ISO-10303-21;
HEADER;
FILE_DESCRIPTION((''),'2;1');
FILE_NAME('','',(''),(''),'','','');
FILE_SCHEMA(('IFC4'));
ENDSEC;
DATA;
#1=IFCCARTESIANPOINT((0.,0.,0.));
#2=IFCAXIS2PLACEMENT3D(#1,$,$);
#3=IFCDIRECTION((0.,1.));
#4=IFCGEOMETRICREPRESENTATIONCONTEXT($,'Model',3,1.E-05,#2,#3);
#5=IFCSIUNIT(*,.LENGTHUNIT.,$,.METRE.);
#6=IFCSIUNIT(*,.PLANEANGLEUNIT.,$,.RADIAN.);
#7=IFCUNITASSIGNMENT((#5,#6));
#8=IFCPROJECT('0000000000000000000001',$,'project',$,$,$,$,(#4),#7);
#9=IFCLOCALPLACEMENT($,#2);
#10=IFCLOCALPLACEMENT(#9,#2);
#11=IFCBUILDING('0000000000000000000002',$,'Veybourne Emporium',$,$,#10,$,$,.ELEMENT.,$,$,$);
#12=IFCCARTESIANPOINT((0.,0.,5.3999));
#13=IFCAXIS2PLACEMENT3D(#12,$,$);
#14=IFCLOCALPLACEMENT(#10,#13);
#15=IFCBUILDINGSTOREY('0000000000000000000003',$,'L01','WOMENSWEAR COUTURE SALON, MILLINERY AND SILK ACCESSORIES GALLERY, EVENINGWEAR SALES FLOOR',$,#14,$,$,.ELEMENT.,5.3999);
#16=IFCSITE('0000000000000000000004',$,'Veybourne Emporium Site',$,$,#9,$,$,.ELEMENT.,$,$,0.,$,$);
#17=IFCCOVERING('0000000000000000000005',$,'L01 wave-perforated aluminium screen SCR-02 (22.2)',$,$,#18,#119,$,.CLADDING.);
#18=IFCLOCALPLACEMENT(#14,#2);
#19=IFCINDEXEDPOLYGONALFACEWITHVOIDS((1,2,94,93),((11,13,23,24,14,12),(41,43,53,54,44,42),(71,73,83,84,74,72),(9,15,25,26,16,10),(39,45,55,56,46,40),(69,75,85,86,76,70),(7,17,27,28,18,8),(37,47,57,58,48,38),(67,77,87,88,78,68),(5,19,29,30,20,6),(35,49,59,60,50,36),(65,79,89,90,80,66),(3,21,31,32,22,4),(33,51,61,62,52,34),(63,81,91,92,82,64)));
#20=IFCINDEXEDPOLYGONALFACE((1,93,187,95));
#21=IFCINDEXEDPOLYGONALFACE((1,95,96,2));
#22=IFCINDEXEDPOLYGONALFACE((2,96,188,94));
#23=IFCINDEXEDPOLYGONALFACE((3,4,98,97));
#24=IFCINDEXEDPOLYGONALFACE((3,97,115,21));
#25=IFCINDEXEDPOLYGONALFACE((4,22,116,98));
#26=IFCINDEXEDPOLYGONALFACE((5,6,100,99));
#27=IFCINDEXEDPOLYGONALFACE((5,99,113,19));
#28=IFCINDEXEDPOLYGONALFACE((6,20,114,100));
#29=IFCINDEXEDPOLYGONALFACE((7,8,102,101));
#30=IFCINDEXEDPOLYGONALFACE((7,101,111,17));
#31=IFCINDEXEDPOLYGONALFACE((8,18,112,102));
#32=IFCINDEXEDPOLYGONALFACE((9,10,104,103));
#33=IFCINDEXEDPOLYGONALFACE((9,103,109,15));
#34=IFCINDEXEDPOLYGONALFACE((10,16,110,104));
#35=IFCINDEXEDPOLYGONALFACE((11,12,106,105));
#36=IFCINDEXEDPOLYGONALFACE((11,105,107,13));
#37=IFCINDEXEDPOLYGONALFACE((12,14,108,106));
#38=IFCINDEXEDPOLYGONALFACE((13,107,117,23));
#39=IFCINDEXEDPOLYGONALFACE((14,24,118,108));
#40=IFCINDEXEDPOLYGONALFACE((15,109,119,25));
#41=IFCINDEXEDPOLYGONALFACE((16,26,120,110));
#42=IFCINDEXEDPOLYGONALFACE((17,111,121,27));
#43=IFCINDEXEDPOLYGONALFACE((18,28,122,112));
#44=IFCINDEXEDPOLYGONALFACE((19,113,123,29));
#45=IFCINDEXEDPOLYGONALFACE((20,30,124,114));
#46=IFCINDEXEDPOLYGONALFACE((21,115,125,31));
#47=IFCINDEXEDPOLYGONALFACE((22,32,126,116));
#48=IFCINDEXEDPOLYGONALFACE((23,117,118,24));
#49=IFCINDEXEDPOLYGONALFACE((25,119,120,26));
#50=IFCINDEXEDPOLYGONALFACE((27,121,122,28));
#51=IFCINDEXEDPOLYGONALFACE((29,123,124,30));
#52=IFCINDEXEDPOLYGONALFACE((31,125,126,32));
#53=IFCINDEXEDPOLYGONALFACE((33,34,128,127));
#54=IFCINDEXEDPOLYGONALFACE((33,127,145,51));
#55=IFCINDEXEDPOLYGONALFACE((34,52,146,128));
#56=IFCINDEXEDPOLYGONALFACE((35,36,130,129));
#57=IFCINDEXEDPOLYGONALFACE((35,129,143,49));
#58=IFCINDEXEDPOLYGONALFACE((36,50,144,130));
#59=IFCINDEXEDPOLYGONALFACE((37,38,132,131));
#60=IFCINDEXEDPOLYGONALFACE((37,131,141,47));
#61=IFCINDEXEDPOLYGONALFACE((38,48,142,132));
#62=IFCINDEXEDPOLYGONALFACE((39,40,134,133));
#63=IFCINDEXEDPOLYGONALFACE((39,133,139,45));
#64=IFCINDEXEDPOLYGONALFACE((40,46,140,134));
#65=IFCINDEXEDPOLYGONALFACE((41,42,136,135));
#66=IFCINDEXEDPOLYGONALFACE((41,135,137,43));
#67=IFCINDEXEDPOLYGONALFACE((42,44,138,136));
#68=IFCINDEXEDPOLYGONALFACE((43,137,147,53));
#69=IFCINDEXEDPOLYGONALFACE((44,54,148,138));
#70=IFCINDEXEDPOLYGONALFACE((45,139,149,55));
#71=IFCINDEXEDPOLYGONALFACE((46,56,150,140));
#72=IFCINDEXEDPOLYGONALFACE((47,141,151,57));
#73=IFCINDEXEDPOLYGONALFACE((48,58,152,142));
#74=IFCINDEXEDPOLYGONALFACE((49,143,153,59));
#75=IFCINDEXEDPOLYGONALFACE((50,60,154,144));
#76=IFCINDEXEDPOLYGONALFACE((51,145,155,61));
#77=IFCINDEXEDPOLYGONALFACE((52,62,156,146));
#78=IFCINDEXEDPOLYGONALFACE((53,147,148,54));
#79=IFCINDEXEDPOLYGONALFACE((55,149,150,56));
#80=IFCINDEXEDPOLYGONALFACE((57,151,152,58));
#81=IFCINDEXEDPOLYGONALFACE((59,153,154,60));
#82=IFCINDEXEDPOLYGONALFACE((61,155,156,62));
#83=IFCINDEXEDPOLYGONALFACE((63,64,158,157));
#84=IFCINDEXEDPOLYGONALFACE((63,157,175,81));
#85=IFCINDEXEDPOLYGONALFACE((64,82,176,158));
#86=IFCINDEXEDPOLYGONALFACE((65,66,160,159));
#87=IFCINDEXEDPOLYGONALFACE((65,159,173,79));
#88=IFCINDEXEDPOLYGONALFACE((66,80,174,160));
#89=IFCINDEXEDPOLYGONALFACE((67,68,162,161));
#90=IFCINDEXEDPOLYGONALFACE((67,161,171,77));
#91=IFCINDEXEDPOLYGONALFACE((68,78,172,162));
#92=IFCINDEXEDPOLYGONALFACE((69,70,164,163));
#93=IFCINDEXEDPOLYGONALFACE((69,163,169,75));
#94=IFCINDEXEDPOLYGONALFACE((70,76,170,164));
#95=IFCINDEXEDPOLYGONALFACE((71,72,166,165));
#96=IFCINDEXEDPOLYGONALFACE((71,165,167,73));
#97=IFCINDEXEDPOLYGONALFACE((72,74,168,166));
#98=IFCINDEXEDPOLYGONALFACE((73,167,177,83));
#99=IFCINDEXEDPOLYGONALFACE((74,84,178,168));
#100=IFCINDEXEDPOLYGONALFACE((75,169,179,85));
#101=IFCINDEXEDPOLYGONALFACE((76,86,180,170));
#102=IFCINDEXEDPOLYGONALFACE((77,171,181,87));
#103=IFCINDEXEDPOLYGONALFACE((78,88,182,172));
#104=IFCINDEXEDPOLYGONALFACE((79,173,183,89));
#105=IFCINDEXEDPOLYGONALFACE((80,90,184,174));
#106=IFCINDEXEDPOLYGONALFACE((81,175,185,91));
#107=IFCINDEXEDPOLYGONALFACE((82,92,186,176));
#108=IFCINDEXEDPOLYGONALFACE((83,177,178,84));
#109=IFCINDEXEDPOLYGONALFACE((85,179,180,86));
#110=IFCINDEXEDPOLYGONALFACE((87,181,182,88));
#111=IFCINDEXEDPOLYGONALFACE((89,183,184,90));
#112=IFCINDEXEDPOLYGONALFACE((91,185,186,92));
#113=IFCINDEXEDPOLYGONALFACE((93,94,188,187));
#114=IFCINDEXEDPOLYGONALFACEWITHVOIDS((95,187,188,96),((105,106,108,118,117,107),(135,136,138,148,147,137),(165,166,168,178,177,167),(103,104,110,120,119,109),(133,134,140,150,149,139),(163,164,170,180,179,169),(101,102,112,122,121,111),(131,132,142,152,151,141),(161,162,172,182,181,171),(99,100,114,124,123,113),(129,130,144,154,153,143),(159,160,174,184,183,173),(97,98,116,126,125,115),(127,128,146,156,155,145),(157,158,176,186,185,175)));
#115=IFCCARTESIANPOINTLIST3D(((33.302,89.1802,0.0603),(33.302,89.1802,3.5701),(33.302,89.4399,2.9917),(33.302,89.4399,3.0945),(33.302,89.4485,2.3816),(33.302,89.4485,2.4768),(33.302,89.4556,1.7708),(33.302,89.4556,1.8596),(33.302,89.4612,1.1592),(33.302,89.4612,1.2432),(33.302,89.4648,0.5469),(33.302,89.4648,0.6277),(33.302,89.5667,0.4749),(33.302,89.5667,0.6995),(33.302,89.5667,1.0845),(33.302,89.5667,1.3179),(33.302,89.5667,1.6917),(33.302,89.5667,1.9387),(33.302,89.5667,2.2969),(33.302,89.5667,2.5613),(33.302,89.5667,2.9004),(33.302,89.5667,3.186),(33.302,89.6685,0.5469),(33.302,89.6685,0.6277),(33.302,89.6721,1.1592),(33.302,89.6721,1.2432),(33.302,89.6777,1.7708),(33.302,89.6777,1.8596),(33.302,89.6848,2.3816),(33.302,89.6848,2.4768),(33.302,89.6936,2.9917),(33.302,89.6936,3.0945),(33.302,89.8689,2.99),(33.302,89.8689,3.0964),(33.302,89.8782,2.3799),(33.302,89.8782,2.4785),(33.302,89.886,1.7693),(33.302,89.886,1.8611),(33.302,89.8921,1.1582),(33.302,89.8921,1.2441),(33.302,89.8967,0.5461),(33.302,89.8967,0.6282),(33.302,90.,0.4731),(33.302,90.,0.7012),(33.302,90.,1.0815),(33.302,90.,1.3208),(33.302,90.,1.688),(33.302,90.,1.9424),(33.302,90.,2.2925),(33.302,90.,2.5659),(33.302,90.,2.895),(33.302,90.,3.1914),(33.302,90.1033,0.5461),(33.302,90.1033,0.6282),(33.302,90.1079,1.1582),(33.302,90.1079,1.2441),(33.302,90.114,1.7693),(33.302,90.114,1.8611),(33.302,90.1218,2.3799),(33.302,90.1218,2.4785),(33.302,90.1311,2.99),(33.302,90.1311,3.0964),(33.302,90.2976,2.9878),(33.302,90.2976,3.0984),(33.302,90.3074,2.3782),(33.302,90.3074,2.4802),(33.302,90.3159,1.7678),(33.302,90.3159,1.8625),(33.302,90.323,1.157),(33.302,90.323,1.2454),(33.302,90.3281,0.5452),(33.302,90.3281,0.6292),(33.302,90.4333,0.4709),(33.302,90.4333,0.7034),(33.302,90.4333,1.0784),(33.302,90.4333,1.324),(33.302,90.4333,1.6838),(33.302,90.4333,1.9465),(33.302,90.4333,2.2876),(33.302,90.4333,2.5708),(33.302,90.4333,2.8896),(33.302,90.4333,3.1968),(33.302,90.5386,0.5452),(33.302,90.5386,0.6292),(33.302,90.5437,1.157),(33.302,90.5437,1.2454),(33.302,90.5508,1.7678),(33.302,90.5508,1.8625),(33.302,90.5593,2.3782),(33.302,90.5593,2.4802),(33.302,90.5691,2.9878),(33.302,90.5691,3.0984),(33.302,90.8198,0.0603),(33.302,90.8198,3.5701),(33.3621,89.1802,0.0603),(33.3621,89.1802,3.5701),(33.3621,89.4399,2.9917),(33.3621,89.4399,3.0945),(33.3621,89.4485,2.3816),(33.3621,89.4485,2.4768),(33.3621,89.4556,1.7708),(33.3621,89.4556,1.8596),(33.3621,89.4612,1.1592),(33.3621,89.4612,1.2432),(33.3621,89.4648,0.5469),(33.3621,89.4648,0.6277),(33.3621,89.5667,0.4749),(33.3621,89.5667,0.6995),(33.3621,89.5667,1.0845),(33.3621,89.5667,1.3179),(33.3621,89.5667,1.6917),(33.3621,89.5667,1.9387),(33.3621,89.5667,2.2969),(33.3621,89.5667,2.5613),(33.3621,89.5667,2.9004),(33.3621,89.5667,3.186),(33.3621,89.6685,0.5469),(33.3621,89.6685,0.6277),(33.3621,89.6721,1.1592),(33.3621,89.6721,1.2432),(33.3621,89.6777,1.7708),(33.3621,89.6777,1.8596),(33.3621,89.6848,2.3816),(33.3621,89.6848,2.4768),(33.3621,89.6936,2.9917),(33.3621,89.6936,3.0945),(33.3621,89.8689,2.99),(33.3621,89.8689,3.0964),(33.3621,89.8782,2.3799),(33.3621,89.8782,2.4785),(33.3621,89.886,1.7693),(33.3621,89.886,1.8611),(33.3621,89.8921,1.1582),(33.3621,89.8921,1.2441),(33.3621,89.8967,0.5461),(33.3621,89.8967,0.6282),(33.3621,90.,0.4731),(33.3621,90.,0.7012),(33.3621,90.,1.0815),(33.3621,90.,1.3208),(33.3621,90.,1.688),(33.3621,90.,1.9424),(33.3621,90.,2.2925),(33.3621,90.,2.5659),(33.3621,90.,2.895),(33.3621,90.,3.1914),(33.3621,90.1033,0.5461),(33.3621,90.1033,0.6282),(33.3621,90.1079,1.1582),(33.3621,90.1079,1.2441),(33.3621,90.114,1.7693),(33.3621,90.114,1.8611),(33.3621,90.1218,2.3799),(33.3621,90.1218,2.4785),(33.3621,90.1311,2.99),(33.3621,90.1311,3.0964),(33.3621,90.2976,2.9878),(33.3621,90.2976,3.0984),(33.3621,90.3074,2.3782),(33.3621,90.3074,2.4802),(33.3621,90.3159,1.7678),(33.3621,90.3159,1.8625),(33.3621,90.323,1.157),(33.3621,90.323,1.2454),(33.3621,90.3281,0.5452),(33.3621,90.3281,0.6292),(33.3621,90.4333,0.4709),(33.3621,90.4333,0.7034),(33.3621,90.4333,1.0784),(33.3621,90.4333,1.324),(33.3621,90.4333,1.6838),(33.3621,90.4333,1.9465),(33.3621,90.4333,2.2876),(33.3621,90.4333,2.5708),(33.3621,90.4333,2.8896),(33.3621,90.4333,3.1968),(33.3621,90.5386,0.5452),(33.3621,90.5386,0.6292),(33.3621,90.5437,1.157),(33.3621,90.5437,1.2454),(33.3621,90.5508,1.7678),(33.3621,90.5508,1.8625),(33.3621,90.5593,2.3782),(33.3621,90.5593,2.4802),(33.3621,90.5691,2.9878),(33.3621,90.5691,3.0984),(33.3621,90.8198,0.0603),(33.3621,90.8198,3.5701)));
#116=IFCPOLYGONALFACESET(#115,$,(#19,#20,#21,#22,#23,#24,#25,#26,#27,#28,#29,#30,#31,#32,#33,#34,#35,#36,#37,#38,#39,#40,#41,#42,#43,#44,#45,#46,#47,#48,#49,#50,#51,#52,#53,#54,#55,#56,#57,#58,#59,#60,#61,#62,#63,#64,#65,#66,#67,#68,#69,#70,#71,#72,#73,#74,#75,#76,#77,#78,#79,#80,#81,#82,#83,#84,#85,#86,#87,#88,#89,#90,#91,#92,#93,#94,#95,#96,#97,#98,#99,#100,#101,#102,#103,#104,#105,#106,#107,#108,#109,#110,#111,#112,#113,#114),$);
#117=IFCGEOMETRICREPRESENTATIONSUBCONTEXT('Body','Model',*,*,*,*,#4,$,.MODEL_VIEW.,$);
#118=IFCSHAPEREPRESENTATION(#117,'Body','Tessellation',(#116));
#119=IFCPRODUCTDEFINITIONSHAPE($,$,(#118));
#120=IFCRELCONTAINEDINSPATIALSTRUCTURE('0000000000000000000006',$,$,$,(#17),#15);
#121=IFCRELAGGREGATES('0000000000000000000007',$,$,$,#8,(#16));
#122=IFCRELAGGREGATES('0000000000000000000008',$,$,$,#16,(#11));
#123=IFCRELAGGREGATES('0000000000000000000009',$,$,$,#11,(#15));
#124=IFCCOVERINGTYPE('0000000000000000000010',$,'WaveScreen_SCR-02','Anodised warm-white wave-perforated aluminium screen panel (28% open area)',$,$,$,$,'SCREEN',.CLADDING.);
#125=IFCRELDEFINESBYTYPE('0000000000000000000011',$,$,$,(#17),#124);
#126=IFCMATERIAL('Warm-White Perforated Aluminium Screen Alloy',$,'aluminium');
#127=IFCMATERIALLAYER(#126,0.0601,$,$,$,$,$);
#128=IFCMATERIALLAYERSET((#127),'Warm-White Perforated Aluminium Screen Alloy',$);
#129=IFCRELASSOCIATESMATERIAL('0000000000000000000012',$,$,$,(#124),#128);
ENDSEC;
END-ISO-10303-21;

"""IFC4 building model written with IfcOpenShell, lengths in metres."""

from ifc_helpers import new_model, si_unit, direction, frame, origin, place, context, subcontext, project, spatial, polyline, outline, extrude, material, layer, layer_set, type_object, element, save


model = new_model("IFC4")

# Units and contexts
model_context = context("Model", 3, precision=1e-05, world=origin(), true_north=direction((0.0, 1.0)))
body_context = subcontext(model_context, "Body", "Model", "MODEL_VIEW")
ifc_project = project(units=[si_unit("LENGTHUNIT", "METRE"), si_unit("PLANEANGLEUNIT", "RADIAN")], contexts=[model_context])

# Site, building, storey
site_placement = place(None, origin())
site = spatial("IfcSite", under=ifc_project, at=site_placement, Name="Veybourne Emporium Site", CompositionType="ELEMENT", RefElevation=0.0)
building_placement = place(site_placement, origin())
building = spatial("IfcBuilding", under=site, at=building_placement, Name="Veybourne Emporium", CompositionType="ELEMENT")
storey_placement = place(building_placement, frame((0.0, 0.0, 5.3999)))
storey = spatial("IfcBuildingStorey", under=building, at=storey_placement, Name="L01", Description="WOMENSWEAR COUTURE SALON, MILLINERY AND SILK ACCESSORIES GALLERY, EVENINGWEAR SALES FLOOR", CompositionType="ELEMENT", Elevation=5.3999)

# Covering
ifc_material_1 = material(Name="Warm-White Perforated Aluminium Screen Alloy", Category="aluminium")
ifc_layer_1 = layer(ifc_material_1, 0.0601)
ifc_layer_set_1 = layer_set([ifc_layer_1], Name="Warm-White Perforated Aluminium Screen Alloy")
covering_type_1 = type_object("IfcCoveringType", Name="WaveScreen_SCR-02", Description="Anodised warm-white wave-perforated aluminium screen panel (28% open area)", ElementType="SCREEN", PredefinedType="CLADDING", material=ifc_layer_set_1)
covering_1_placement = place(storey_placement, frame((33.302, 90.0, 1.8152), z_axis=(1.0, 0.0, 0.0), x_axis=(0.0, 1.0, 0.0)))
element("IfcCovering", 1, at=covering_1_placement, inside=storey, type_object=covering_type_1, Name="L01 wave-perforated aluminium screen SCR-02 (22.2)", PredefinedType="CLADDING", context=body_context, shape_type="SweptSolid", body=[
    extrude(outline(polyline([(-0.8198, -1.7549), (0.8198, -1.7549), (0.8198, 1.7549), (-0.8198, 1.7549), (-0.8198, -1.7549)]), holes=[polyline([(-0.4333, -1.1157), (-0.3315, -1.1875), (-0.3315, -1.2683), (-0.4333, -1.3403), (-0.5352, -1.2683), (-0.5352, -1.1875), (-0.4333, -1.1157)]), polyline([(-0.4333, -0.4973), (-0.3279, -0.572), (-0.3279, -0.656), (-0.4333, -0.7307), (-0.5388, -0.656), (-0.5388, -0.572), (-0.4333, -0.4973)]), polyline([(-0.4333, 0.1235), (-0.3223, 0.0444), (-0.3223, -0.0444), (-0.4333, -0.1235), (-0.5444, -0.0444), (-0.5444, 0.0444), (-0.4333, 0.1235)]), polyline([(-0.4333, 0.7461), (-0.3152, 0.6616), (-0.3152, 0.5664), (-0.4333, 0.4817), (-0.5515, 0.5664), (-0.5515, 0.6616), (-0.4333, 0.7461)]), polyline([(-0.4333, 1.3708), (-0.3064, 1.2793), (-0.3064, 1.1765), (-0.4333, 1.0852), (-0.5601, 1.1765), (-0.5601, 1.2793), (-0.4333, 1.3708)]), polyline([(0.0, -1.114), (0.1033, -1.187), (0.1033, -1.269), (0.0, -1.342), (-0.1033, -1.269), (-0.1033, -1.187), (0.0, -1.114)]), polyline([(0.0, -0.4944), (0.1079, -0.571), (0.1079, -0.657), (0.0, -0.7336), (-0.1079, -0.657), (-0.1079, -0.571), (0.0, -0.4944)]), polyline([(0.0, 0.1272), (0.114, 0.0459), (0.114, -0.0459), (0.0, -0.1272), (-0.114, -0.0459), (-0.114, 0.0459), (0.0, 0.1272)]), polyline([(0.0, 0.7507), (0.1218, 0.6633), (0.1218, 0.5647), (0.0, 0.4773), (-0.1218, 0.5647), (-0.1218, 0.6633), (0.0, 0.7507)]), polyline([(0.0, 1.3762), (0.1311, 1.2812), (0.1311, 1.1748), (0.0, 1.0798), (-0.1311, 1.1748), (-0.1311, 1.2812), (0.0, 1.3762)]), polyline([(0.4333, -1.1118), (0.5386, -1.186), (0.5386, -1.27), (0.4333, -1.3442), (0.3281, -1.27), (0.3281, -1.186), (0.4333, -1.1118)]), polyline([(0.4333, -0.4912), (0.5437, -0.5698), (0.5437, -0.6582), (0.4333, -0.7368), (0.323, -0.6582), (0.323, -0.5698), (0.4333, -0.4912)]), polyline([(0.4333, 0.1313), (0.5508, 0.0474), (0.5508, -0.0474), (0.4333, -0.1313), (0.3159, -0.0474), (0.3159, 0.0474), (0.4333, 0.1313)]), polyline([(0.4333, 0.7556), (0.5593, 0.665), (0.5593, 0.563), (0.4333, 0.4724), (0.3074, 0.563), (0.3074, 0.665), (0.4333, 0.7556)]), polyline([(0.4333, 1.3816), (0.5691, 1.2832), (0.5691, 1.1726), (0.4333, 1.0745), (0.2976, 1.1726), (0.2976, 1.2832), (0.4333, 1.3816)])]), origin(), (0.0, 0.0, 1.0), 0.0601),
])

save(model, "model.ifc")
